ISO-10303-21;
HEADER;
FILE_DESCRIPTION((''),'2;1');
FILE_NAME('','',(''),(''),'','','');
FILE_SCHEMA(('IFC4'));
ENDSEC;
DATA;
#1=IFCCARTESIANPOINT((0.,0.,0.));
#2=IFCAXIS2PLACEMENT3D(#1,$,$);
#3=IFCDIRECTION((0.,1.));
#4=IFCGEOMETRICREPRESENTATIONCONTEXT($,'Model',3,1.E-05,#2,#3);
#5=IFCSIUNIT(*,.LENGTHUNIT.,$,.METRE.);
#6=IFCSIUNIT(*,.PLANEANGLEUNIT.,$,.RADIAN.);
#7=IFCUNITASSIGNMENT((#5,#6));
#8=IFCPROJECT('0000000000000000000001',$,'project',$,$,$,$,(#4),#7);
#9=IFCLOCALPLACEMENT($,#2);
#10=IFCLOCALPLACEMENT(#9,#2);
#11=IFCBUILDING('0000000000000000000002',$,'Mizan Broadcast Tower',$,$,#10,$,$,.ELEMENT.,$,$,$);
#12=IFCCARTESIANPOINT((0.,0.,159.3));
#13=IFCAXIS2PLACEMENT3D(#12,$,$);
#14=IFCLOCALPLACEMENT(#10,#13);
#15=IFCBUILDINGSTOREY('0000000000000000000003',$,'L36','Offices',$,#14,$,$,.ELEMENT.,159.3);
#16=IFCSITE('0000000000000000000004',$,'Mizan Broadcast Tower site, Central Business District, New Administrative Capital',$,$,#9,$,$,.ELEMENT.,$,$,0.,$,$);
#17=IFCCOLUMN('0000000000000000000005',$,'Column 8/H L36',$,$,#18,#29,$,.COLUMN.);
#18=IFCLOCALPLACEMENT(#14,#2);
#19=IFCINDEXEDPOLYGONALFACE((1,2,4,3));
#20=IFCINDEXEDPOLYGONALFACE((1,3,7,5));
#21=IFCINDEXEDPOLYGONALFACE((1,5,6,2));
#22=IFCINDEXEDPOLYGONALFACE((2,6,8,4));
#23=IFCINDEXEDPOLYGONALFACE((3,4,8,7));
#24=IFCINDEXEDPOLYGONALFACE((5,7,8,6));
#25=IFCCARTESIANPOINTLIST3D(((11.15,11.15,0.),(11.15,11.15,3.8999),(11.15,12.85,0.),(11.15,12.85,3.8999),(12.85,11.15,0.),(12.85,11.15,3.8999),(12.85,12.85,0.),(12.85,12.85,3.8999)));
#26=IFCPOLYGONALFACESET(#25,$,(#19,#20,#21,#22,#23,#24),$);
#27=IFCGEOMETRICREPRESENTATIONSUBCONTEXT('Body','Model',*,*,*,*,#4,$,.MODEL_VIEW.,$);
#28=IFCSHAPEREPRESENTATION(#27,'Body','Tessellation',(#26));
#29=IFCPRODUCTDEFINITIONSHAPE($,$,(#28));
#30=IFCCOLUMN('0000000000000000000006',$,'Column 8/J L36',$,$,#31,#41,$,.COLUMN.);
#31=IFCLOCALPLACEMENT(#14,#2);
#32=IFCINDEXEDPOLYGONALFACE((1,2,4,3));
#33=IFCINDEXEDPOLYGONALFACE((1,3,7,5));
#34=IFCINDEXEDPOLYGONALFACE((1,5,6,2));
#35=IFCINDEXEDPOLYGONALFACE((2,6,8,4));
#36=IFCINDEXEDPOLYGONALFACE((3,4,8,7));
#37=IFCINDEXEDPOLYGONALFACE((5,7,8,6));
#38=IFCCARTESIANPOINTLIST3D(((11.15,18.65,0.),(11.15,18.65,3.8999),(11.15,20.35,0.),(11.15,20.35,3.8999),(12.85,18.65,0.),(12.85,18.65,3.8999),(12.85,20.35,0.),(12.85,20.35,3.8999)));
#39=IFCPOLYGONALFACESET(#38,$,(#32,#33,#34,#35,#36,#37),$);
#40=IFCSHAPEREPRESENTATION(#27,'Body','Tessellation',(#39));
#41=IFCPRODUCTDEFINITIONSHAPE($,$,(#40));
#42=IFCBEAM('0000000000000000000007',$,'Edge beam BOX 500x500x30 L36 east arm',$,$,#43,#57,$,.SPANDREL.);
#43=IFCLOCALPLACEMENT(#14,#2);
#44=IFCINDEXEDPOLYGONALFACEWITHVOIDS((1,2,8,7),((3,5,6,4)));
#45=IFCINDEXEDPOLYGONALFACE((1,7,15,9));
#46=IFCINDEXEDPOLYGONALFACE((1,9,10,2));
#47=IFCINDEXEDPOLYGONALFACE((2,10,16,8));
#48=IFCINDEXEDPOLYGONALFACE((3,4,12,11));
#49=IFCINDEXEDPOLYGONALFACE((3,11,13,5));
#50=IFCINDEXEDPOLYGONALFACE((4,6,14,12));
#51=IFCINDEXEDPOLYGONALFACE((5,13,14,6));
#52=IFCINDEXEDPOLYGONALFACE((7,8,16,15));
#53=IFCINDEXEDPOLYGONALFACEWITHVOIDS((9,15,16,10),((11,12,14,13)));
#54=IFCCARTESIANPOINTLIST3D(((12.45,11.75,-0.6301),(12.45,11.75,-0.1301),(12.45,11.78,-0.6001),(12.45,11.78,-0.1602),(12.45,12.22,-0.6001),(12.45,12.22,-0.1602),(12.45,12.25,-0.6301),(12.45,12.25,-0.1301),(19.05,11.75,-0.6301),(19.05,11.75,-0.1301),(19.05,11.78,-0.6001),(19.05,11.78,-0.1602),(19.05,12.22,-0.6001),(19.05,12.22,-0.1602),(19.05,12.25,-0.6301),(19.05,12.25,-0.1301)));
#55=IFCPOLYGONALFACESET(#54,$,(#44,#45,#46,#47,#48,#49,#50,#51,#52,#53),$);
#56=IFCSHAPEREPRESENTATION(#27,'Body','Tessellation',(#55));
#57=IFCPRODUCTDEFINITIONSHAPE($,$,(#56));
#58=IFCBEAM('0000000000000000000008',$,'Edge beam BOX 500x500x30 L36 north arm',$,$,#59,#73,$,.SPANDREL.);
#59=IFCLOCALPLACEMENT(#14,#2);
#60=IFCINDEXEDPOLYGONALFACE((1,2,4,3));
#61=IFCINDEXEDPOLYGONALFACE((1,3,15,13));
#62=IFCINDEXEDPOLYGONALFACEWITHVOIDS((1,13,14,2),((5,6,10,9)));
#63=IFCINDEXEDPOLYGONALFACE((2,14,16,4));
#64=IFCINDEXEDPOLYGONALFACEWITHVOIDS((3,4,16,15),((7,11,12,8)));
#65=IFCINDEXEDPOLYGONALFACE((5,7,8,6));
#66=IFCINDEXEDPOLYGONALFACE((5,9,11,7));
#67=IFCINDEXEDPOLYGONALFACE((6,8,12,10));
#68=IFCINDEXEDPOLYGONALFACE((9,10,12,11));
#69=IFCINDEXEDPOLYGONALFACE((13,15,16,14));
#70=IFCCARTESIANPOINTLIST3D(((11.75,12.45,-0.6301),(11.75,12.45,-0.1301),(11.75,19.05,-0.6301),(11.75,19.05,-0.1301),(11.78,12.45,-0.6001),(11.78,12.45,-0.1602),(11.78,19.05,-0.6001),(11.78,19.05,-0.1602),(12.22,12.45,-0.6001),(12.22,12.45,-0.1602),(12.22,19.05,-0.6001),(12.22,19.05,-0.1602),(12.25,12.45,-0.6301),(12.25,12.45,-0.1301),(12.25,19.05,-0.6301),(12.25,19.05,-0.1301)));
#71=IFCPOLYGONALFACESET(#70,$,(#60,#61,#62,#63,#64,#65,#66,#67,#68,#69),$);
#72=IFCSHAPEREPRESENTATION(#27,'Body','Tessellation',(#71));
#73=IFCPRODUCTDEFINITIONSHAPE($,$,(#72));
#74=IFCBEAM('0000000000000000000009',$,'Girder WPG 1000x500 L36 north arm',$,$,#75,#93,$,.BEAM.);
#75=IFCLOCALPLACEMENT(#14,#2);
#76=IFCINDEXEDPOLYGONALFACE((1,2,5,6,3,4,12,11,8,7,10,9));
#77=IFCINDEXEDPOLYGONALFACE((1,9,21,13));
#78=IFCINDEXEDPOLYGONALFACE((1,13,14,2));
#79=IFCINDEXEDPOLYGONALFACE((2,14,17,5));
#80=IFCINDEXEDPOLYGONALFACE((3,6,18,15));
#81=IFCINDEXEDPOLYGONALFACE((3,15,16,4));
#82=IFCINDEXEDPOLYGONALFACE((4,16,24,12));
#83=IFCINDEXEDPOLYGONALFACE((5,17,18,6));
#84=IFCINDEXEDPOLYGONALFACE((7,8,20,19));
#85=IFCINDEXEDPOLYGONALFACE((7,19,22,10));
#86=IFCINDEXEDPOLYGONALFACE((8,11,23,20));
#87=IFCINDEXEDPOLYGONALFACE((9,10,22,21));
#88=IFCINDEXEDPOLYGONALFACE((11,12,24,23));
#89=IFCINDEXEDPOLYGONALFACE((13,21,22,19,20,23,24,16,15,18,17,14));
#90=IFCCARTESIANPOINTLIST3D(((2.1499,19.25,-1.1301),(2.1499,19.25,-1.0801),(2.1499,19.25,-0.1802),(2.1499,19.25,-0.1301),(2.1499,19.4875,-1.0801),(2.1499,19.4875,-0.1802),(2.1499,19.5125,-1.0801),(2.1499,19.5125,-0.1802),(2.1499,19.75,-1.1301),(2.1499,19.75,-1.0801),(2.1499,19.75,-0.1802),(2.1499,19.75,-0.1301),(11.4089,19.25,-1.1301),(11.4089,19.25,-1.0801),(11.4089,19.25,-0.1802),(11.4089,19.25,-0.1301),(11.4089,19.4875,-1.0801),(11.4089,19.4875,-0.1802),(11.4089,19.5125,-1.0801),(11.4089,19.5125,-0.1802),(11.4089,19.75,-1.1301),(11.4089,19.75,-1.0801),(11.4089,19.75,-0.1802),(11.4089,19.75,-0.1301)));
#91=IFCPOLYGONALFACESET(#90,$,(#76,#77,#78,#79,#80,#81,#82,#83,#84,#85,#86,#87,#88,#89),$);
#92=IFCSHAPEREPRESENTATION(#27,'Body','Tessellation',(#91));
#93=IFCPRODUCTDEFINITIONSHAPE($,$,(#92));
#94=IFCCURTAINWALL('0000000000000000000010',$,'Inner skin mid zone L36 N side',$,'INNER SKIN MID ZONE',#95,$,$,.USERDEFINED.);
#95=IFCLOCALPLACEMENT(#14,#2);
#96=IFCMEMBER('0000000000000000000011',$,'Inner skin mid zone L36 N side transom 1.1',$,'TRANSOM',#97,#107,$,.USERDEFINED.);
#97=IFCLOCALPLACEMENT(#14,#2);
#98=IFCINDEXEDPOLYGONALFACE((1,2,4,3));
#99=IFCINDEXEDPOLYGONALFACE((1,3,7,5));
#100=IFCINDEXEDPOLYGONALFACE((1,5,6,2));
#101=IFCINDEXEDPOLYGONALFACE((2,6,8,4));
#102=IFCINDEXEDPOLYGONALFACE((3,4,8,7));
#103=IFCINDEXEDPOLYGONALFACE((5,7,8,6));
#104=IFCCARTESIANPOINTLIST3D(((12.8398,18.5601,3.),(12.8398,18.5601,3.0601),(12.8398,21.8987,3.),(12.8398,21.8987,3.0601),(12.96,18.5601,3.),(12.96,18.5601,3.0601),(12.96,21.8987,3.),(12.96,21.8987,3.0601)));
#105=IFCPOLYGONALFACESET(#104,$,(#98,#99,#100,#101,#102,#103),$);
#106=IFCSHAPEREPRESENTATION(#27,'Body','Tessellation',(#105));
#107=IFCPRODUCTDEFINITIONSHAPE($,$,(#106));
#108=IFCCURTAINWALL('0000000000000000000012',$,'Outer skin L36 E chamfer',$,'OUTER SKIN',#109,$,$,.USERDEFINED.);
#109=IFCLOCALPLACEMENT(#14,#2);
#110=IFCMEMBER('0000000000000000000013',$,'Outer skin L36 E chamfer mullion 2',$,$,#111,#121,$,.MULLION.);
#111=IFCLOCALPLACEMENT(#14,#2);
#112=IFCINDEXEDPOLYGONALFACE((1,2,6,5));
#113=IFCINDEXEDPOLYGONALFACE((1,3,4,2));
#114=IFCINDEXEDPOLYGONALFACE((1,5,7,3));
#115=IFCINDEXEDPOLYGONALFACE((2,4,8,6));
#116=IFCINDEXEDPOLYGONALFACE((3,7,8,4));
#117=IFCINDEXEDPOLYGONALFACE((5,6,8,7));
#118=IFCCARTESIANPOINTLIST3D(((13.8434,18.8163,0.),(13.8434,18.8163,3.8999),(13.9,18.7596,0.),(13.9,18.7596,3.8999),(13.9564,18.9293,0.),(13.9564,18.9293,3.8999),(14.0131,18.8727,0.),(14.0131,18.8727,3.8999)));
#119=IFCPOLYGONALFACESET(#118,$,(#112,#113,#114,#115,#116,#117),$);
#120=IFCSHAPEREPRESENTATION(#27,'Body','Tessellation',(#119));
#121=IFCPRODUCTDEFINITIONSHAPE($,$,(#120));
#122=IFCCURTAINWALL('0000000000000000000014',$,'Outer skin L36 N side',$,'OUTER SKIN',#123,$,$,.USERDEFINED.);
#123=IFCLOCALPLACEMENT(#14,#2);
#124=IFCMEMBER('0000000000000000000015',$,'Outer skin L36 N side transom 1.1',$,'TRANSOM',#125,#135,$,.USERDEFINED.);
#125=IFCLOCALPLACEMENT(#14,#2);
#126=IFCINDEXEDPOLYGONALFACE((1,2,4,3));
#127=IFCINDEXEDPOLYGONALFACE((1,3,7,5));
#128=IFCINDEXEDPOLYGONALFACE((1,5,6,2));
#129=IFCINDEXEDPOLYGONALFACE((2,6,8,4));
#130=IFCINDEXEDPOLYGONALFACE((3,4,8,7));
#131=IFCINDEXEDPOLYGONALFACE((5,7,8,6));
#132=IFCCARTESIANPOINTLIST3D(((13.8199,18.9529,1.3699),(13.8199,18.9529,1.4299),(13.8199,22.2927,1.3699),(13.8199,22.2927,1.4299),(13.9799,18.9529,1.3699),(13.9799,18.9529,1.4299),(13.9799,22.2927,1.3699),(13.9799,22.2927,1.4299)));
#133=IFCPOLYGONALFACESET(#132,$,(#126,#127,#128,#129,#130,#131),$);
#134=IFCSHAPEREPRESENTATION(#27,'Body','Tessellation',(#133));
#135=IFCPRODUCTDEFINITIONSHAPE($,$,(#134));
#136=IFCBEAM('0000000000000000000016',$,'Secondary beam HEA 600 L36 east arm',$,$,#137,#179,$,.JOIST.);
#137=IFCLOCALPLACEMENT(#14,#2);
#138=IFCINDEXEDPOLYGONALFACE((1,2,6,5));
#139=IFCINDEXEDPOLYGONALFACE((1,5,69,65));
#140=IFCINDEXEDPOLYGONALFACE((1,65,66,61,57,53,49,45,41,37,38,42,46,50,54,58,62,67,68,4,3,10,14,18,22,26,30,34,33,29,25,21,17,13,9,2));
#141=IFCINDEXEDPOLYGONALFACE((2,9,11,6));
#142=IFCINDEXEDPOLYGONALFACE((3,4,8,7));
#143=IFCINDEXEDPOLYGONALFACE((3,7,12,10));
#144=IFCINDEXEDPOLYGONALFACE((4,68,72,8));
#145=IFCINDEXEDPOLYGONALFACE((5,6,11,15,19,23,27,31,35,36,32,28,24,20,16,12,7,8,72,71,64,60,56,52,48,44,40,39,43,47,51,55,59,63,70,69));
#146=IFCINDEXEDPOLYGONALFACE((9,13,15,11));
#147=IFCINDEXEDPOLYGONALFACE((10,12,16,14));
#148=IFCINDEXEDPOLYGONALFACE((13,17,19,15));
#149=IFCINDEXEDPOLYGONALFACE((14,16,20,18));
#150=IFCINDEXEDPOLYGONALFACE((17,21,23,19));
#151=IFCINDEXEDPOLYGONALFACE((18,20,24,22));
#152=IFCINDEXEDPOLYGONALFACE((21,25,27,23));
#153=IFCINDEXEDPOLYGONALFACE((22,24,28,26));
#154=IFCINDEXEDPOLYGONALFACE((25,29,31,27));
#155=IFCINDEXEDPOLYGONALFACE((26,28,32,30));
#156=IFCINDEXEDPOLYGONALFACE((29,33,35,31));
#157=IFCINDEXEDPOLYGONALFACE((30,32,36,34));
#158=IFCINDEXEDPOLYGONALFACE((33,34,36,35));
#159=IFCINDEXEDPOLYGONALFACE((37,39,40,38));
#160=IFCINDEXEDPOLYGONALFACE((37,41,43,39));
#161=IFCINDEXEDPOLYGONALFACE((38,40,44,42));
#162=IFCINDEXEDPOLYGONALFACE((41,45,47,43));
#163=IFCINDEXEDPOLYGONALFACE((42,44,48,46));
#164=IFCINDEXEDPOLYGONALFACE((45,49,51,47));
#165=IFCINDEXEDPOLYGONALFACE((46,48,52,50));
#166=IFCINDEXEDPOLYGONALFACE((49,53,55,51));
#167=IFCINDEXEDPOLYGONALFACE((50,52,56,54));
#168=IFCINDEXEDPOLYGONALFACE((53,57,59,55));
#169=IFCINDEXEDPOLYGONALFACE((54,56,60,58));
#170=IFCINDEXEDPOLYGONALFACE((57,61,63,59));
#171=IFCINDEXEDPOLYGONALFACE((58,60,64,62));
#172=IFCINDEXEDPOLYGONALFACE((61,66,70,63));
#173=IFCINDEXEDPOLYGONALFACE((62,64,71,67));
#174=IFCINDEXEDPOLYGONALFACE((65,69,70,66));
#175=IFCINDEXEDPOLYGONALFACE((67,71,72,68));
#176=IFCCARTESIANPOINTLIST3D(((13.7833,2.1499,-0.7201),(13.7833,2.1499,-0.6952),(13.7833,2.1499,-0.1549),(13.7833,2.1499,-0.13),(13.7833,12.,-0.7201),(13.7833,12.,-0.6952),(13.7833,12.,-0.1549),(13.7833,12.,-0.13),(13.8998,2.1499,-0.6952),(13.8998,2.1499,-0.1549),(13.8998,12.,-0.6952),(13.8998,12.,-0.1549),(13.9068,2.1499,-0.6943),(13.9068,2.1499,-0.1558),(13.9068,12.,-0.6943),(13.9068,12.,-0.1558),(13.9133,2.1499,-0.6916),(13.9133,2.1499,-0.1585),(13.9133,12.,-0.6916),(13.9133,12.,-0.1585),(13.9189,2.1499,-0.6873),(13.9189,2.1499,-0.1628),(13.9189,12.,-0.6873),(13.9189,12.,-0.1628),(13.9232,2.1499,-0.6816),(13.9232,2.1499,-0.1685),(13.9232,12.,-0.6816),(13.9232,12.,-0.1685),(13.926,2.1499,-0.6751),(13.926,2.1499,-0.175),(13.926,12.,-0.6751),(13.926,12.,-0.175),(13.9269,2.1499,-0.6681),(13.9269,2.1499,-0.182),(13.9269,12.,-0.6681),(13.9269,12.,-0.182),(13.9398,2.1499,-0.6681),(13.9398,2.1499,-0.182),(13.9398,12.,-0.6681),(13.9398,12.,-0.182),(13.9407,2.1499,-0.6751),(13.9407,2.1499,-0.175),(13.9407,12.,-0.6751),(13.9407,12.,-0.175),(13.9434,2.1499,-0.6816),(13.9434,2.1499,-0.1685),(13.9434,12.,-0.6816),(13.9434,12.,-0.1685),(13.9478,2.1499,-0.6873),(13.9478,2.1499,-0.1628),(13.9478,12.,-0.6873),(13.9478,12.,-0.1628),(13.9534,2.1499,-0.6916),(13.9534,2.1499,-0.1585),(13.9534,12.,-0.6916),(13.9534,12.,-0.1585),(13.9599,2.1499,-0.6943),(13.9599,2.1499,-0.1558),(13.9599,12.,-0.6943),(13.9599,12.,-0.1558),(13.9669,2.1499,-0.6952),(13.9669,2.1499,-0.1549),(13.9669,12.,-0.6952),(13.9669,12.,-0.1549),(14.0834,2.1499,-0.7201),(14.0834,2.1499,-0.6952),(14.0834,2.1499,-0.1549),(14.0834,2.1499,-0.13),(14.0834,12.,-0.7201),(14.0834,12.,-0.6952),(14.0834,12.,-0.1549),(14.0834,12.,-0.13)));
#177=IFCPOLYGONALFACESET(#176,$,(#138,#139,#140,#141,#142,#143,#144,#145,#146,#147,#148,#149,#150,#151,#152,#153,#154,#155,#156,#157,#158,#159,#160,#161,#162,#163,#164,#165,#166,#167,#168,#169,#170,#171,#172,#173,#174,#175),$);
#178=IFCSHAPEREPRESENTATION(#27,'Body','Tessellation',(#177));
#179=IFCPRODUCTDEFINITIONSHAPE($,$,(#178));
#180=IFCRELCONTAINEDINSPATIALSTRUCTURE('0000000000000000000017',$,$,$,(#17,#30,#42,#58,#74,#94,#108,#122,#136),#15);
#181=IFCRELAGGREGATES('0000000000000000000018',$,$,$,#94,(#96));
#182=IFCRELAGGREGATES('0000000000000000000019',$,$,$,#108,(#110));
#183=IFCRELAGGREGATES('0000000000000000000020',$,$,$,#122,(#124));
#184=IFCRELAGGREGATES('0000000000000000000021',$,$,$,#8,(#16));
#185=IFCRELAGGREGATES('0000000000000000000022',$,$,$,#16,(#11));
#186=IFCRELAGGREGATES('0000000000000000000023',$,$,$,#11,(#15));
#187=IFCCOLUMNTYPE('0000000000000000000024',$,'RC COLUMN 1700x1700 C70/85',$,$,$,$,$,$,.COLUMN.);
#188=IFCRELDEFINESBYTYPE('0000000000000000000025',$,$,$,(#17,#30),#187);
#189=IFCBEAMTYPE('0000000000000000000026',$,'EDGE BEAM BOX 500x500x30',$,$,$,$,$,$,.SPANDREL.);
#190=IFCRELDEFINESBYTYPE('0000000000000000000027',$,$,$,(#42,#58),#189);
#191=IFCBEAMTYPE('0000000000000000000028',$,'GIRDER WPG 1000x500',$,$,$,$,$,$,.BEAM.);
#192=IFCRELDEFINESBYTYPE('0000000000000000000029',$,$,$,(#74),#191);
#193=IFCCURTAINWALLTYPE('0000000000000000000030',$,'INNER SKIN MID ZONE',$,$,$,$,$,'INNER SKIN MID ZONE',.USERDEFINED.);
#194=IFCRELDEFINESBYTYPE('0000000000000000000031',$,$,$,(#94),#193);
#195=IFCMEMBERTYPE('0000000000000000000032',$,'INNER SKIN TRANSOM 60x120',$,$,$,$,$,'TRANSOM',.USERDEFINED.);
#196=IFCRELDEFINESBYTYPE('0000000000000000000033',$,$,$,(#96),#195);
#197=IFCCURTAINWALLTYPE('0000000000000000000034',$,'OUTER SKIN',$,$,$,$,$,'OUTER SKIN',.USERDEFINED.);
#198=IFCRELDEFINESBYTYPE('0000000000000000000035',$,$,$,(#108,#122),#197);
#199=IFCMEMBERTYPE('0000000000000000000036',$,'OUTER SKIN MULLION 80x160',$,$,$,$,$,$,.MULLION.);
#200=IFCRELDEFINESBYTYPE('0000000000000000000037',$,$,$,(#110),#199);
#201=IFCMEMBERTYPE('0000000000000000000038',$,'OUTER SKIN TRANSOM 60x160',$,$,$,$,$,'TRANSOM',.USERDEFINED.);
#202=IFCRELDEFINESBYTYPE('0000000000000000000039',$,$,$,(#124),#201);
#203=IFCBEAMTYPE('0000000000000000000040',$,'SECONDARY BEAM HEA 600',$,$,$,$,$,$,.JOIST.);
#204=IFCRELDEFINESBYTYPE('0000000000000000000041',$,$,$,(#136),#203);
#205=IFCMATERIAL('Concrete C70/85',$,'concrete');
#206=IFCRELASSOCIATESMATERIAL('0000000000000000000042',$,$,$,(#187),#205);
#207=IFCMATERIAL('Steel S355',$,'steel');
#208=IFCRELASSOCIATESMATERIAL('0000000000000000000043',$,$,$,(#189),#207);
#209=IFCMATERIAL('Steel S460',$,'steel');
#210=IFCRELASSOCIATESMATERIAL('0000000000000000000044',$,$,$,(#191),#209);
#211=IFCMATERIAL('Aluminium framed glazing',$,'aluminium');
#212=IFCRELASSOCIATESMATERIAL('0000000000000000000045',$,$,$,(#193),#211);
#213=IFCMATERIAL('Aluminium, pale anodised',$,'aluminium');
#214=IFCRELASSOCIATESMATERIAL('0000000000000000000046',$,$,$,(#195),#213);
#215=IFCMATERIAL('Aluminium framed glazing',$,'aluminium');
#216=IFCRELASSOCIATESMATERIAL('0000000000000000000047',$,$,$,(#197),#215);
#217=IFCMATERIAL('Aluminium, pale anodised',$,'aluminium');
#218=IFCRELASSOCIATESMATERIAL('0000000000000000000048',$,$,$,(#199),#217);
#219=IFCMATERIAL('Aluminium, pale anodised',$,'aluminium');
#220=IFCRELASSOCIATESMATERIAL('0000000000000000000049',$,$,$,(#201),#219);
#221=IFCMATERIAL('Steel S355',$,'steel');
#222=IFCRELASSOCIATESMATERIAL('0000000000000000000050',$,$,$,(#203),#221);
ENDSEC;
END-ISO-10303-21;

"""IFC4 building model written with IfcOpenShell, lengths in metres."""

from ifc_helpers import new_model, si_unit, direction, frame, origin, origin_2d, place, context, subcontext, project, spatial, rectangle, hollow_rectangle, i_section, extrude, material, material_profile, profile_set, type_object, element, aggregate, save


model = new_model("IFC4")

# Units and contexts
model_context = context("Model", 3, precision=1e-05, world=origin(), true_north=direction((0.0, 1.0)))
body_context = subcontext(model_context, "Body", "Model", "MODEL_VIEW")
ifc_project = project(units=[si_unit("LENGTHUNIT", "METRE"), si_unit("PLANEANGLEUNIT", "RADIAN")], contexts=[model_context])

# Site, building, storey
site_placement = place(None, origin())
site = spatial("IfcSite", under=ifc_project, at=site_placement, Name="Mizan Broadcast Tower site, Central Business District, New Administrative Capital", CompositionType="ELEMENT", RefElevation=0.0)
building_placement = place(site_placement, origin())
building = spatial("IfcBuilding", under=site, at=building_placement, Name="Mizan Broadcast Tower", CompositionType="ELEMENT")
storey_placement = place(building_placement, frame((0.0, 0.0, 159.3)))
storey = spatial("IfcBuildingStorey", under=building, at=storey_placement, Name="L36", Description="Offices", CompositionType="ELEMENT", Elevation=159.3)

# Columns
ifc_material_1 = material(Name="Concrete C70/85", Category="concrete")
ifc_material_profile_1 = material_profile(ifc_material_1, rectangle(XDim=1.7, YDim=1.7, at=origin_2d()), Name="RC 1700x1700")
ifc_profile_set_1 = profile_set([ifc_material_profile_1], Name="Concrete C70/85")
column_type = type_object("IfcColumnType", Name="RC COLUMN 1700x1700 C70/85", PredefinedType="COLUMN", material=ifc_profile_set_1)
for number, where, z_axis, x_axis, name in (
    (1, (12.0, 12.0, 0.0), (0.0, 0.0, 1.0), (1.0, 0.0, 0.0), "Column 8/H L36"),
    (2, (12.0, 19.5, 0.0), (0.0, 0.0, 1.0), (1.0, 0.0, 0.0), "Column 8/J L36"),
):
    element("IfcColumn", number, at=place(storey_placement, frame(where, z_axis=z_axis, x_axis=x_axis)), inside=storey, type_object=column_type, Name=name, PredefinedType="COLUMN", context=body_context, shape_type="SweptSolid", body=[
        extrude(rectangle(XDim=1.7, YDim=1.7, at=origin_2d()), origin(), (0.0, 0.0, 1.0), 3.8999),
    ])

# Beams
ifc_material_2 = material(Name="Steel S355", Category="steel")
ifc_material_profile_2 = material_profile(ifc_material_2, hollow_rectangle(XDim=0.5, YDim=0.5, WallThickness=0.03, at=origin_2d()), Name="BOX 500x500x30")
ifc_profile_set_2 = profile_set([ifc_material_profile_2], Name="Steel S355")
beam_type_1 = type_object("IfcBeamType", Name="EDGE BEAM BOX 500x500x30", PredefinedType="SPANDREL", material=ifc_profile_set_2)
for number, where, z_axis, x_axis, name in (
    (3, (12.45, 12.0, -0.3801), (1.0, 0.0, 0.0), (0.0, 1.0, 0.0), "Edge beam BOX 500x500x30 L36 east arm"),
    (4, (12.0, 12.45, -0.3801), (0.0, 1.0, 0.0), (-1.0, 0.0, 0.0), "Edge beam BOX 500x500x30 L36 north arm"),
):
    element("IfcBeam", number, at=place(storey_placement, frame(where, z_axis=z_axis, x_axis=x_axis)), inside=storey, type_object=beam_type_1, Name=name, PredefinedType="SPANDREL", context=body_context, shape_type="SweptSolid", body=[
        extrude(hollow_rectangle(XDim=0.5, YDim=0.5, WallThickness=0.03, at=origin_2d()), origin(), (0.0, 0.0, 1.0), 6.6001),
    ])
ifc_material_3 = material(Name="Steel S460", Category="steel")
ifc_material_profile_3 = material_profile(ifc_material_3, i_section(OverallWidth=0.5, OverallDepth=1.0, WebThickness=0.0249, FlangeThickness=0.05, at=origin_2d()), Name="WPG 1000x500")
ifc_profile_set_3 = profile_set([ifc_material_profile_3], Name="Steel S460")
beam_type_2 = type_object("IfcBeamType", Name="GIRDER WPG 1000x500", PredefinedType="BEAM", material=ifc_profile_set_3)
beam_1_placement = place(storey_placement, frame((11.4089, 19.5, -0.6301), z_axis=(-1.0, 0.0, 0.0), x_axis=(0.0, -1.0, 0.0)))
element("IfcBeam", 5, at=beam_1_placement, inside=storey, type_object=beam_type_2, Name="Girder WPG 1000x500 L36 north arm", PredefinedType="BEAM", context=body_context, shape_type="SweptSolid", body=[
    extrude(i_section(OverallWidth=0.5, OverallDepth=1.0, WebThickness=0.0249, FlangeThickness=0.05, at=origin_2d()), origin(), (0.0, 0.0, 1.0), 9.259),
])

# Curtain walls, members
ifc_material_4 = material(Name="Aluminium framed glazing", Category="aluminium")
curtain_wall_type_1 = type_object("IfcCurtainWallType", Name="INNER SKIN MID ZONE", ElementType="INNER SKIN MID ZONE", PredefinedType="USERDEFINED", material=ifc_material_4)
curtain_wall_1_placement = place(storey_placement, origin())
curtain_wall_1 = element("IfcCurtainWall", 6, at=curtain_wall_1_placement, inside=storey, type_object=curtain_wall_type_1, Name="Inner skin mid zone L36 N side", ObjectType="INNER SKIN MID ZONE", PredefinedType="USERDEFINED")
ifc_material_5 = material(Name="Aluminium, pale anodised", Category="aluminium")
ifc_material_profile_4 = material_profile(ifc_material_5, rectangle(XDim=0.1201, YDim=0.0601, at=origin_2d()), Name="TRANSOM 120x60")
ifc_profile_set_4 = profile_set([ifc_material_profile_4], Name="Aluminium, pale anodised")
member_type_1 = type_object("IfcMemberType", Name="INNER SKIN TRANSOM 60x120", ElementType="TRANSOM", PredefinedType="USERDEFINED", material=ifc_profile_set_4)
member_1_placement = place(storey_placement, frame((12.8999, 18.5601, 3.03), z_axis=(0.0, 1.0, 0.0), x_axis=(-1.0, 0.0, 0.0)))
member_1 = element("IfcMember", 7, at=member_1_placement, type_object=member_type_1, Name="Inner skin mid zone L36 N side transom 1.1", ObjectType="TRANSOM", PredefinedType="USERDEFINED", context=body_context, shape_type="SweptSolid", body=[
    extrude(rectangle(XDim=0.1201, YDim=0.0601, at=origin_2d()), origin(), (0.0, 0.0, 1.0), 3.3386),
])
aggregate(curtain_wall_1, [member_1])
ifc_material_6 = material(Name="Aluminium framed glazing", Category="aluminium")
curtain_wall_type_2 = type_object("IfcCurtainWallType", Name="OUTER SKIN", ElementType="OUTER SKIN", PredefinedType="USERDEFINED", material=ifc_material_6)
curtain_wall_2_placement = place(storey_placement, origin())
curtain_wall_2 = element("IfcCurtainWall", 8, at=curtain_wall_2_placement, inside=storey, type_object=curtain_wall_type_2, Name="Outer skin L36 E chamfer", ObjectType="OUTER SKIN", PredefinedType="USERDEFINED")
ifc_material_7 = material(Name="Aluminium, pale anodised", Category="aluminium")
ifc_material_profile_5 = material_profile(ifc_material_7, rectangle(XDim=0.1599, YDim=0.0801, at=origin_2d()), Name="MULLION 160x80")
ifc_profile_set_5 = profile_set([ifc_material_profile_5], Name="Aluminium, pale anodised")
member_type_2 = type_object("IfcMemberType", Name="OUTER SKIN MULLION 80x160", PredefinedType="MULLION", material=ifc_profile_set_5)
member_2_placement = place(storey_placement, frame((13.9282, 18.8445, 0.0), z_axis=(0.0, 0.0, 1.0), x_axis=(-0.707107, -0.707107, 0.0)))
member_2 = element("IfcMember", 9, at=member_2_placement, type_object=member_type_2, Name="Outer skin L36 E chamfer mullion 2", PredefinedType="MULLION", context=body_context, shape_type="SweptSolid", body=[
    extrude(rectangle(XDim=0.1599, YDim=0.0801, at=origin_2d()), origin(), (0.0, 0.0, 1.0), 3.8999),
])
aggregate(curtain_wall_2, [member_2])
curtain_wall_3_placement = place(storey_placement, origin())
curtain_wall_3 = element("IfcCurtainWall", 10, at=curtain_wall_3_placement, inside=storey, type_object=curtain_wall_type_2, Name="Outer skin L36 N side", ObjectType="OUTER SKIN", PredefinedType="USERDEFINED")
ifc_material_8 = material(Name="Aluminium, pale anodised", Category="aluminium")
ifc_material_profile_6 = material_profile(ifc_material_8, rectangle(XDim=0.1599, YDim=0.0601, at=origin_2d()), Name="TRANSOM 160x60")
ifc_profile_set_6 = profile_set([ifc_material_profile_6], Name="Aluminium, pale anodised")
member_type_3 = type_object("IfcMemberType", Name="OUTER SKIN TRANSOM 60x160", ElementType="TRANSOM", PredefinedType="USERDEFINED", material=ifc_profile_set_6)
member_3_placement = place(storey_placement, frame((13.8999, 18.9529, 1.3999), z_axis=(0.0, 1.0, 0.0), x_axis=(-1.0, 0.0, 0.0)))
member_3 = element("IfcMember", 11, at=member_3_placement, type_object=member_type_3, Name="Outer skin L36 N side transom 1.1", ObjectType="TRANSOM", PredefinedType="USERDEFINED", context=body_context, shape_type="SweptSolid", body=[
    extrude(rectangle(XDim=0.1599, YDim=0.0601, at=origin_2d()), origin(), (0.0, 0.0, 1.0), 3.3398),
])
aggregate(curtain_wall_3, [member_3])

# Beam
ifc_material_9 = material(Name="Steel S355", Category="steel")
ifc_material_profile_7 = material_profile(ifc_material_9, i_section(OverallWidth=0.3, OverallDepth=0.5901, WebThickness=0.0129, FlangeThickness=0.0249, FilletRadius=0.0271, at=origin_2d()), Name="HEA 600")
ifc_profile_set_7 = profile_set([ifc_material_profile_7], Name="Steel S355")
beam_type_3 = type_object("IfcBeamType", Name="SECONDARY BEAM HEA 600", PredefinedType="JOIST", material=ifc_profile_set_7)
for number, where, z_axis, x_axis, name in (
    (12, (13.9333, 12.0, -0.425), (0.0, -1.0, 0.0), (1.0, 0.0, 0.0), "Secondary beam HEA 600 L36 east arm"),
):
    element("IfcBeam", number, at=place(storey_placement, frame(where, z_axis=z_axis, x_axis=x_axis)), inside=storey, type_object=beam_type_3, Name=name, PredefinedType="JOIST", context=body_context, shape_type="SweptSolid", body=[
        extrude(i_section(OverallWidth=0.3, OverallDepth=0.5901, WebThickness=0.0129, FlangeThickness=0.0249, FilletRadius=0.0271, at=origin_2d()), origin(), (0.0, 0.0, 1.0), 9.8501),
    ])

save(model, "model.ifc")
